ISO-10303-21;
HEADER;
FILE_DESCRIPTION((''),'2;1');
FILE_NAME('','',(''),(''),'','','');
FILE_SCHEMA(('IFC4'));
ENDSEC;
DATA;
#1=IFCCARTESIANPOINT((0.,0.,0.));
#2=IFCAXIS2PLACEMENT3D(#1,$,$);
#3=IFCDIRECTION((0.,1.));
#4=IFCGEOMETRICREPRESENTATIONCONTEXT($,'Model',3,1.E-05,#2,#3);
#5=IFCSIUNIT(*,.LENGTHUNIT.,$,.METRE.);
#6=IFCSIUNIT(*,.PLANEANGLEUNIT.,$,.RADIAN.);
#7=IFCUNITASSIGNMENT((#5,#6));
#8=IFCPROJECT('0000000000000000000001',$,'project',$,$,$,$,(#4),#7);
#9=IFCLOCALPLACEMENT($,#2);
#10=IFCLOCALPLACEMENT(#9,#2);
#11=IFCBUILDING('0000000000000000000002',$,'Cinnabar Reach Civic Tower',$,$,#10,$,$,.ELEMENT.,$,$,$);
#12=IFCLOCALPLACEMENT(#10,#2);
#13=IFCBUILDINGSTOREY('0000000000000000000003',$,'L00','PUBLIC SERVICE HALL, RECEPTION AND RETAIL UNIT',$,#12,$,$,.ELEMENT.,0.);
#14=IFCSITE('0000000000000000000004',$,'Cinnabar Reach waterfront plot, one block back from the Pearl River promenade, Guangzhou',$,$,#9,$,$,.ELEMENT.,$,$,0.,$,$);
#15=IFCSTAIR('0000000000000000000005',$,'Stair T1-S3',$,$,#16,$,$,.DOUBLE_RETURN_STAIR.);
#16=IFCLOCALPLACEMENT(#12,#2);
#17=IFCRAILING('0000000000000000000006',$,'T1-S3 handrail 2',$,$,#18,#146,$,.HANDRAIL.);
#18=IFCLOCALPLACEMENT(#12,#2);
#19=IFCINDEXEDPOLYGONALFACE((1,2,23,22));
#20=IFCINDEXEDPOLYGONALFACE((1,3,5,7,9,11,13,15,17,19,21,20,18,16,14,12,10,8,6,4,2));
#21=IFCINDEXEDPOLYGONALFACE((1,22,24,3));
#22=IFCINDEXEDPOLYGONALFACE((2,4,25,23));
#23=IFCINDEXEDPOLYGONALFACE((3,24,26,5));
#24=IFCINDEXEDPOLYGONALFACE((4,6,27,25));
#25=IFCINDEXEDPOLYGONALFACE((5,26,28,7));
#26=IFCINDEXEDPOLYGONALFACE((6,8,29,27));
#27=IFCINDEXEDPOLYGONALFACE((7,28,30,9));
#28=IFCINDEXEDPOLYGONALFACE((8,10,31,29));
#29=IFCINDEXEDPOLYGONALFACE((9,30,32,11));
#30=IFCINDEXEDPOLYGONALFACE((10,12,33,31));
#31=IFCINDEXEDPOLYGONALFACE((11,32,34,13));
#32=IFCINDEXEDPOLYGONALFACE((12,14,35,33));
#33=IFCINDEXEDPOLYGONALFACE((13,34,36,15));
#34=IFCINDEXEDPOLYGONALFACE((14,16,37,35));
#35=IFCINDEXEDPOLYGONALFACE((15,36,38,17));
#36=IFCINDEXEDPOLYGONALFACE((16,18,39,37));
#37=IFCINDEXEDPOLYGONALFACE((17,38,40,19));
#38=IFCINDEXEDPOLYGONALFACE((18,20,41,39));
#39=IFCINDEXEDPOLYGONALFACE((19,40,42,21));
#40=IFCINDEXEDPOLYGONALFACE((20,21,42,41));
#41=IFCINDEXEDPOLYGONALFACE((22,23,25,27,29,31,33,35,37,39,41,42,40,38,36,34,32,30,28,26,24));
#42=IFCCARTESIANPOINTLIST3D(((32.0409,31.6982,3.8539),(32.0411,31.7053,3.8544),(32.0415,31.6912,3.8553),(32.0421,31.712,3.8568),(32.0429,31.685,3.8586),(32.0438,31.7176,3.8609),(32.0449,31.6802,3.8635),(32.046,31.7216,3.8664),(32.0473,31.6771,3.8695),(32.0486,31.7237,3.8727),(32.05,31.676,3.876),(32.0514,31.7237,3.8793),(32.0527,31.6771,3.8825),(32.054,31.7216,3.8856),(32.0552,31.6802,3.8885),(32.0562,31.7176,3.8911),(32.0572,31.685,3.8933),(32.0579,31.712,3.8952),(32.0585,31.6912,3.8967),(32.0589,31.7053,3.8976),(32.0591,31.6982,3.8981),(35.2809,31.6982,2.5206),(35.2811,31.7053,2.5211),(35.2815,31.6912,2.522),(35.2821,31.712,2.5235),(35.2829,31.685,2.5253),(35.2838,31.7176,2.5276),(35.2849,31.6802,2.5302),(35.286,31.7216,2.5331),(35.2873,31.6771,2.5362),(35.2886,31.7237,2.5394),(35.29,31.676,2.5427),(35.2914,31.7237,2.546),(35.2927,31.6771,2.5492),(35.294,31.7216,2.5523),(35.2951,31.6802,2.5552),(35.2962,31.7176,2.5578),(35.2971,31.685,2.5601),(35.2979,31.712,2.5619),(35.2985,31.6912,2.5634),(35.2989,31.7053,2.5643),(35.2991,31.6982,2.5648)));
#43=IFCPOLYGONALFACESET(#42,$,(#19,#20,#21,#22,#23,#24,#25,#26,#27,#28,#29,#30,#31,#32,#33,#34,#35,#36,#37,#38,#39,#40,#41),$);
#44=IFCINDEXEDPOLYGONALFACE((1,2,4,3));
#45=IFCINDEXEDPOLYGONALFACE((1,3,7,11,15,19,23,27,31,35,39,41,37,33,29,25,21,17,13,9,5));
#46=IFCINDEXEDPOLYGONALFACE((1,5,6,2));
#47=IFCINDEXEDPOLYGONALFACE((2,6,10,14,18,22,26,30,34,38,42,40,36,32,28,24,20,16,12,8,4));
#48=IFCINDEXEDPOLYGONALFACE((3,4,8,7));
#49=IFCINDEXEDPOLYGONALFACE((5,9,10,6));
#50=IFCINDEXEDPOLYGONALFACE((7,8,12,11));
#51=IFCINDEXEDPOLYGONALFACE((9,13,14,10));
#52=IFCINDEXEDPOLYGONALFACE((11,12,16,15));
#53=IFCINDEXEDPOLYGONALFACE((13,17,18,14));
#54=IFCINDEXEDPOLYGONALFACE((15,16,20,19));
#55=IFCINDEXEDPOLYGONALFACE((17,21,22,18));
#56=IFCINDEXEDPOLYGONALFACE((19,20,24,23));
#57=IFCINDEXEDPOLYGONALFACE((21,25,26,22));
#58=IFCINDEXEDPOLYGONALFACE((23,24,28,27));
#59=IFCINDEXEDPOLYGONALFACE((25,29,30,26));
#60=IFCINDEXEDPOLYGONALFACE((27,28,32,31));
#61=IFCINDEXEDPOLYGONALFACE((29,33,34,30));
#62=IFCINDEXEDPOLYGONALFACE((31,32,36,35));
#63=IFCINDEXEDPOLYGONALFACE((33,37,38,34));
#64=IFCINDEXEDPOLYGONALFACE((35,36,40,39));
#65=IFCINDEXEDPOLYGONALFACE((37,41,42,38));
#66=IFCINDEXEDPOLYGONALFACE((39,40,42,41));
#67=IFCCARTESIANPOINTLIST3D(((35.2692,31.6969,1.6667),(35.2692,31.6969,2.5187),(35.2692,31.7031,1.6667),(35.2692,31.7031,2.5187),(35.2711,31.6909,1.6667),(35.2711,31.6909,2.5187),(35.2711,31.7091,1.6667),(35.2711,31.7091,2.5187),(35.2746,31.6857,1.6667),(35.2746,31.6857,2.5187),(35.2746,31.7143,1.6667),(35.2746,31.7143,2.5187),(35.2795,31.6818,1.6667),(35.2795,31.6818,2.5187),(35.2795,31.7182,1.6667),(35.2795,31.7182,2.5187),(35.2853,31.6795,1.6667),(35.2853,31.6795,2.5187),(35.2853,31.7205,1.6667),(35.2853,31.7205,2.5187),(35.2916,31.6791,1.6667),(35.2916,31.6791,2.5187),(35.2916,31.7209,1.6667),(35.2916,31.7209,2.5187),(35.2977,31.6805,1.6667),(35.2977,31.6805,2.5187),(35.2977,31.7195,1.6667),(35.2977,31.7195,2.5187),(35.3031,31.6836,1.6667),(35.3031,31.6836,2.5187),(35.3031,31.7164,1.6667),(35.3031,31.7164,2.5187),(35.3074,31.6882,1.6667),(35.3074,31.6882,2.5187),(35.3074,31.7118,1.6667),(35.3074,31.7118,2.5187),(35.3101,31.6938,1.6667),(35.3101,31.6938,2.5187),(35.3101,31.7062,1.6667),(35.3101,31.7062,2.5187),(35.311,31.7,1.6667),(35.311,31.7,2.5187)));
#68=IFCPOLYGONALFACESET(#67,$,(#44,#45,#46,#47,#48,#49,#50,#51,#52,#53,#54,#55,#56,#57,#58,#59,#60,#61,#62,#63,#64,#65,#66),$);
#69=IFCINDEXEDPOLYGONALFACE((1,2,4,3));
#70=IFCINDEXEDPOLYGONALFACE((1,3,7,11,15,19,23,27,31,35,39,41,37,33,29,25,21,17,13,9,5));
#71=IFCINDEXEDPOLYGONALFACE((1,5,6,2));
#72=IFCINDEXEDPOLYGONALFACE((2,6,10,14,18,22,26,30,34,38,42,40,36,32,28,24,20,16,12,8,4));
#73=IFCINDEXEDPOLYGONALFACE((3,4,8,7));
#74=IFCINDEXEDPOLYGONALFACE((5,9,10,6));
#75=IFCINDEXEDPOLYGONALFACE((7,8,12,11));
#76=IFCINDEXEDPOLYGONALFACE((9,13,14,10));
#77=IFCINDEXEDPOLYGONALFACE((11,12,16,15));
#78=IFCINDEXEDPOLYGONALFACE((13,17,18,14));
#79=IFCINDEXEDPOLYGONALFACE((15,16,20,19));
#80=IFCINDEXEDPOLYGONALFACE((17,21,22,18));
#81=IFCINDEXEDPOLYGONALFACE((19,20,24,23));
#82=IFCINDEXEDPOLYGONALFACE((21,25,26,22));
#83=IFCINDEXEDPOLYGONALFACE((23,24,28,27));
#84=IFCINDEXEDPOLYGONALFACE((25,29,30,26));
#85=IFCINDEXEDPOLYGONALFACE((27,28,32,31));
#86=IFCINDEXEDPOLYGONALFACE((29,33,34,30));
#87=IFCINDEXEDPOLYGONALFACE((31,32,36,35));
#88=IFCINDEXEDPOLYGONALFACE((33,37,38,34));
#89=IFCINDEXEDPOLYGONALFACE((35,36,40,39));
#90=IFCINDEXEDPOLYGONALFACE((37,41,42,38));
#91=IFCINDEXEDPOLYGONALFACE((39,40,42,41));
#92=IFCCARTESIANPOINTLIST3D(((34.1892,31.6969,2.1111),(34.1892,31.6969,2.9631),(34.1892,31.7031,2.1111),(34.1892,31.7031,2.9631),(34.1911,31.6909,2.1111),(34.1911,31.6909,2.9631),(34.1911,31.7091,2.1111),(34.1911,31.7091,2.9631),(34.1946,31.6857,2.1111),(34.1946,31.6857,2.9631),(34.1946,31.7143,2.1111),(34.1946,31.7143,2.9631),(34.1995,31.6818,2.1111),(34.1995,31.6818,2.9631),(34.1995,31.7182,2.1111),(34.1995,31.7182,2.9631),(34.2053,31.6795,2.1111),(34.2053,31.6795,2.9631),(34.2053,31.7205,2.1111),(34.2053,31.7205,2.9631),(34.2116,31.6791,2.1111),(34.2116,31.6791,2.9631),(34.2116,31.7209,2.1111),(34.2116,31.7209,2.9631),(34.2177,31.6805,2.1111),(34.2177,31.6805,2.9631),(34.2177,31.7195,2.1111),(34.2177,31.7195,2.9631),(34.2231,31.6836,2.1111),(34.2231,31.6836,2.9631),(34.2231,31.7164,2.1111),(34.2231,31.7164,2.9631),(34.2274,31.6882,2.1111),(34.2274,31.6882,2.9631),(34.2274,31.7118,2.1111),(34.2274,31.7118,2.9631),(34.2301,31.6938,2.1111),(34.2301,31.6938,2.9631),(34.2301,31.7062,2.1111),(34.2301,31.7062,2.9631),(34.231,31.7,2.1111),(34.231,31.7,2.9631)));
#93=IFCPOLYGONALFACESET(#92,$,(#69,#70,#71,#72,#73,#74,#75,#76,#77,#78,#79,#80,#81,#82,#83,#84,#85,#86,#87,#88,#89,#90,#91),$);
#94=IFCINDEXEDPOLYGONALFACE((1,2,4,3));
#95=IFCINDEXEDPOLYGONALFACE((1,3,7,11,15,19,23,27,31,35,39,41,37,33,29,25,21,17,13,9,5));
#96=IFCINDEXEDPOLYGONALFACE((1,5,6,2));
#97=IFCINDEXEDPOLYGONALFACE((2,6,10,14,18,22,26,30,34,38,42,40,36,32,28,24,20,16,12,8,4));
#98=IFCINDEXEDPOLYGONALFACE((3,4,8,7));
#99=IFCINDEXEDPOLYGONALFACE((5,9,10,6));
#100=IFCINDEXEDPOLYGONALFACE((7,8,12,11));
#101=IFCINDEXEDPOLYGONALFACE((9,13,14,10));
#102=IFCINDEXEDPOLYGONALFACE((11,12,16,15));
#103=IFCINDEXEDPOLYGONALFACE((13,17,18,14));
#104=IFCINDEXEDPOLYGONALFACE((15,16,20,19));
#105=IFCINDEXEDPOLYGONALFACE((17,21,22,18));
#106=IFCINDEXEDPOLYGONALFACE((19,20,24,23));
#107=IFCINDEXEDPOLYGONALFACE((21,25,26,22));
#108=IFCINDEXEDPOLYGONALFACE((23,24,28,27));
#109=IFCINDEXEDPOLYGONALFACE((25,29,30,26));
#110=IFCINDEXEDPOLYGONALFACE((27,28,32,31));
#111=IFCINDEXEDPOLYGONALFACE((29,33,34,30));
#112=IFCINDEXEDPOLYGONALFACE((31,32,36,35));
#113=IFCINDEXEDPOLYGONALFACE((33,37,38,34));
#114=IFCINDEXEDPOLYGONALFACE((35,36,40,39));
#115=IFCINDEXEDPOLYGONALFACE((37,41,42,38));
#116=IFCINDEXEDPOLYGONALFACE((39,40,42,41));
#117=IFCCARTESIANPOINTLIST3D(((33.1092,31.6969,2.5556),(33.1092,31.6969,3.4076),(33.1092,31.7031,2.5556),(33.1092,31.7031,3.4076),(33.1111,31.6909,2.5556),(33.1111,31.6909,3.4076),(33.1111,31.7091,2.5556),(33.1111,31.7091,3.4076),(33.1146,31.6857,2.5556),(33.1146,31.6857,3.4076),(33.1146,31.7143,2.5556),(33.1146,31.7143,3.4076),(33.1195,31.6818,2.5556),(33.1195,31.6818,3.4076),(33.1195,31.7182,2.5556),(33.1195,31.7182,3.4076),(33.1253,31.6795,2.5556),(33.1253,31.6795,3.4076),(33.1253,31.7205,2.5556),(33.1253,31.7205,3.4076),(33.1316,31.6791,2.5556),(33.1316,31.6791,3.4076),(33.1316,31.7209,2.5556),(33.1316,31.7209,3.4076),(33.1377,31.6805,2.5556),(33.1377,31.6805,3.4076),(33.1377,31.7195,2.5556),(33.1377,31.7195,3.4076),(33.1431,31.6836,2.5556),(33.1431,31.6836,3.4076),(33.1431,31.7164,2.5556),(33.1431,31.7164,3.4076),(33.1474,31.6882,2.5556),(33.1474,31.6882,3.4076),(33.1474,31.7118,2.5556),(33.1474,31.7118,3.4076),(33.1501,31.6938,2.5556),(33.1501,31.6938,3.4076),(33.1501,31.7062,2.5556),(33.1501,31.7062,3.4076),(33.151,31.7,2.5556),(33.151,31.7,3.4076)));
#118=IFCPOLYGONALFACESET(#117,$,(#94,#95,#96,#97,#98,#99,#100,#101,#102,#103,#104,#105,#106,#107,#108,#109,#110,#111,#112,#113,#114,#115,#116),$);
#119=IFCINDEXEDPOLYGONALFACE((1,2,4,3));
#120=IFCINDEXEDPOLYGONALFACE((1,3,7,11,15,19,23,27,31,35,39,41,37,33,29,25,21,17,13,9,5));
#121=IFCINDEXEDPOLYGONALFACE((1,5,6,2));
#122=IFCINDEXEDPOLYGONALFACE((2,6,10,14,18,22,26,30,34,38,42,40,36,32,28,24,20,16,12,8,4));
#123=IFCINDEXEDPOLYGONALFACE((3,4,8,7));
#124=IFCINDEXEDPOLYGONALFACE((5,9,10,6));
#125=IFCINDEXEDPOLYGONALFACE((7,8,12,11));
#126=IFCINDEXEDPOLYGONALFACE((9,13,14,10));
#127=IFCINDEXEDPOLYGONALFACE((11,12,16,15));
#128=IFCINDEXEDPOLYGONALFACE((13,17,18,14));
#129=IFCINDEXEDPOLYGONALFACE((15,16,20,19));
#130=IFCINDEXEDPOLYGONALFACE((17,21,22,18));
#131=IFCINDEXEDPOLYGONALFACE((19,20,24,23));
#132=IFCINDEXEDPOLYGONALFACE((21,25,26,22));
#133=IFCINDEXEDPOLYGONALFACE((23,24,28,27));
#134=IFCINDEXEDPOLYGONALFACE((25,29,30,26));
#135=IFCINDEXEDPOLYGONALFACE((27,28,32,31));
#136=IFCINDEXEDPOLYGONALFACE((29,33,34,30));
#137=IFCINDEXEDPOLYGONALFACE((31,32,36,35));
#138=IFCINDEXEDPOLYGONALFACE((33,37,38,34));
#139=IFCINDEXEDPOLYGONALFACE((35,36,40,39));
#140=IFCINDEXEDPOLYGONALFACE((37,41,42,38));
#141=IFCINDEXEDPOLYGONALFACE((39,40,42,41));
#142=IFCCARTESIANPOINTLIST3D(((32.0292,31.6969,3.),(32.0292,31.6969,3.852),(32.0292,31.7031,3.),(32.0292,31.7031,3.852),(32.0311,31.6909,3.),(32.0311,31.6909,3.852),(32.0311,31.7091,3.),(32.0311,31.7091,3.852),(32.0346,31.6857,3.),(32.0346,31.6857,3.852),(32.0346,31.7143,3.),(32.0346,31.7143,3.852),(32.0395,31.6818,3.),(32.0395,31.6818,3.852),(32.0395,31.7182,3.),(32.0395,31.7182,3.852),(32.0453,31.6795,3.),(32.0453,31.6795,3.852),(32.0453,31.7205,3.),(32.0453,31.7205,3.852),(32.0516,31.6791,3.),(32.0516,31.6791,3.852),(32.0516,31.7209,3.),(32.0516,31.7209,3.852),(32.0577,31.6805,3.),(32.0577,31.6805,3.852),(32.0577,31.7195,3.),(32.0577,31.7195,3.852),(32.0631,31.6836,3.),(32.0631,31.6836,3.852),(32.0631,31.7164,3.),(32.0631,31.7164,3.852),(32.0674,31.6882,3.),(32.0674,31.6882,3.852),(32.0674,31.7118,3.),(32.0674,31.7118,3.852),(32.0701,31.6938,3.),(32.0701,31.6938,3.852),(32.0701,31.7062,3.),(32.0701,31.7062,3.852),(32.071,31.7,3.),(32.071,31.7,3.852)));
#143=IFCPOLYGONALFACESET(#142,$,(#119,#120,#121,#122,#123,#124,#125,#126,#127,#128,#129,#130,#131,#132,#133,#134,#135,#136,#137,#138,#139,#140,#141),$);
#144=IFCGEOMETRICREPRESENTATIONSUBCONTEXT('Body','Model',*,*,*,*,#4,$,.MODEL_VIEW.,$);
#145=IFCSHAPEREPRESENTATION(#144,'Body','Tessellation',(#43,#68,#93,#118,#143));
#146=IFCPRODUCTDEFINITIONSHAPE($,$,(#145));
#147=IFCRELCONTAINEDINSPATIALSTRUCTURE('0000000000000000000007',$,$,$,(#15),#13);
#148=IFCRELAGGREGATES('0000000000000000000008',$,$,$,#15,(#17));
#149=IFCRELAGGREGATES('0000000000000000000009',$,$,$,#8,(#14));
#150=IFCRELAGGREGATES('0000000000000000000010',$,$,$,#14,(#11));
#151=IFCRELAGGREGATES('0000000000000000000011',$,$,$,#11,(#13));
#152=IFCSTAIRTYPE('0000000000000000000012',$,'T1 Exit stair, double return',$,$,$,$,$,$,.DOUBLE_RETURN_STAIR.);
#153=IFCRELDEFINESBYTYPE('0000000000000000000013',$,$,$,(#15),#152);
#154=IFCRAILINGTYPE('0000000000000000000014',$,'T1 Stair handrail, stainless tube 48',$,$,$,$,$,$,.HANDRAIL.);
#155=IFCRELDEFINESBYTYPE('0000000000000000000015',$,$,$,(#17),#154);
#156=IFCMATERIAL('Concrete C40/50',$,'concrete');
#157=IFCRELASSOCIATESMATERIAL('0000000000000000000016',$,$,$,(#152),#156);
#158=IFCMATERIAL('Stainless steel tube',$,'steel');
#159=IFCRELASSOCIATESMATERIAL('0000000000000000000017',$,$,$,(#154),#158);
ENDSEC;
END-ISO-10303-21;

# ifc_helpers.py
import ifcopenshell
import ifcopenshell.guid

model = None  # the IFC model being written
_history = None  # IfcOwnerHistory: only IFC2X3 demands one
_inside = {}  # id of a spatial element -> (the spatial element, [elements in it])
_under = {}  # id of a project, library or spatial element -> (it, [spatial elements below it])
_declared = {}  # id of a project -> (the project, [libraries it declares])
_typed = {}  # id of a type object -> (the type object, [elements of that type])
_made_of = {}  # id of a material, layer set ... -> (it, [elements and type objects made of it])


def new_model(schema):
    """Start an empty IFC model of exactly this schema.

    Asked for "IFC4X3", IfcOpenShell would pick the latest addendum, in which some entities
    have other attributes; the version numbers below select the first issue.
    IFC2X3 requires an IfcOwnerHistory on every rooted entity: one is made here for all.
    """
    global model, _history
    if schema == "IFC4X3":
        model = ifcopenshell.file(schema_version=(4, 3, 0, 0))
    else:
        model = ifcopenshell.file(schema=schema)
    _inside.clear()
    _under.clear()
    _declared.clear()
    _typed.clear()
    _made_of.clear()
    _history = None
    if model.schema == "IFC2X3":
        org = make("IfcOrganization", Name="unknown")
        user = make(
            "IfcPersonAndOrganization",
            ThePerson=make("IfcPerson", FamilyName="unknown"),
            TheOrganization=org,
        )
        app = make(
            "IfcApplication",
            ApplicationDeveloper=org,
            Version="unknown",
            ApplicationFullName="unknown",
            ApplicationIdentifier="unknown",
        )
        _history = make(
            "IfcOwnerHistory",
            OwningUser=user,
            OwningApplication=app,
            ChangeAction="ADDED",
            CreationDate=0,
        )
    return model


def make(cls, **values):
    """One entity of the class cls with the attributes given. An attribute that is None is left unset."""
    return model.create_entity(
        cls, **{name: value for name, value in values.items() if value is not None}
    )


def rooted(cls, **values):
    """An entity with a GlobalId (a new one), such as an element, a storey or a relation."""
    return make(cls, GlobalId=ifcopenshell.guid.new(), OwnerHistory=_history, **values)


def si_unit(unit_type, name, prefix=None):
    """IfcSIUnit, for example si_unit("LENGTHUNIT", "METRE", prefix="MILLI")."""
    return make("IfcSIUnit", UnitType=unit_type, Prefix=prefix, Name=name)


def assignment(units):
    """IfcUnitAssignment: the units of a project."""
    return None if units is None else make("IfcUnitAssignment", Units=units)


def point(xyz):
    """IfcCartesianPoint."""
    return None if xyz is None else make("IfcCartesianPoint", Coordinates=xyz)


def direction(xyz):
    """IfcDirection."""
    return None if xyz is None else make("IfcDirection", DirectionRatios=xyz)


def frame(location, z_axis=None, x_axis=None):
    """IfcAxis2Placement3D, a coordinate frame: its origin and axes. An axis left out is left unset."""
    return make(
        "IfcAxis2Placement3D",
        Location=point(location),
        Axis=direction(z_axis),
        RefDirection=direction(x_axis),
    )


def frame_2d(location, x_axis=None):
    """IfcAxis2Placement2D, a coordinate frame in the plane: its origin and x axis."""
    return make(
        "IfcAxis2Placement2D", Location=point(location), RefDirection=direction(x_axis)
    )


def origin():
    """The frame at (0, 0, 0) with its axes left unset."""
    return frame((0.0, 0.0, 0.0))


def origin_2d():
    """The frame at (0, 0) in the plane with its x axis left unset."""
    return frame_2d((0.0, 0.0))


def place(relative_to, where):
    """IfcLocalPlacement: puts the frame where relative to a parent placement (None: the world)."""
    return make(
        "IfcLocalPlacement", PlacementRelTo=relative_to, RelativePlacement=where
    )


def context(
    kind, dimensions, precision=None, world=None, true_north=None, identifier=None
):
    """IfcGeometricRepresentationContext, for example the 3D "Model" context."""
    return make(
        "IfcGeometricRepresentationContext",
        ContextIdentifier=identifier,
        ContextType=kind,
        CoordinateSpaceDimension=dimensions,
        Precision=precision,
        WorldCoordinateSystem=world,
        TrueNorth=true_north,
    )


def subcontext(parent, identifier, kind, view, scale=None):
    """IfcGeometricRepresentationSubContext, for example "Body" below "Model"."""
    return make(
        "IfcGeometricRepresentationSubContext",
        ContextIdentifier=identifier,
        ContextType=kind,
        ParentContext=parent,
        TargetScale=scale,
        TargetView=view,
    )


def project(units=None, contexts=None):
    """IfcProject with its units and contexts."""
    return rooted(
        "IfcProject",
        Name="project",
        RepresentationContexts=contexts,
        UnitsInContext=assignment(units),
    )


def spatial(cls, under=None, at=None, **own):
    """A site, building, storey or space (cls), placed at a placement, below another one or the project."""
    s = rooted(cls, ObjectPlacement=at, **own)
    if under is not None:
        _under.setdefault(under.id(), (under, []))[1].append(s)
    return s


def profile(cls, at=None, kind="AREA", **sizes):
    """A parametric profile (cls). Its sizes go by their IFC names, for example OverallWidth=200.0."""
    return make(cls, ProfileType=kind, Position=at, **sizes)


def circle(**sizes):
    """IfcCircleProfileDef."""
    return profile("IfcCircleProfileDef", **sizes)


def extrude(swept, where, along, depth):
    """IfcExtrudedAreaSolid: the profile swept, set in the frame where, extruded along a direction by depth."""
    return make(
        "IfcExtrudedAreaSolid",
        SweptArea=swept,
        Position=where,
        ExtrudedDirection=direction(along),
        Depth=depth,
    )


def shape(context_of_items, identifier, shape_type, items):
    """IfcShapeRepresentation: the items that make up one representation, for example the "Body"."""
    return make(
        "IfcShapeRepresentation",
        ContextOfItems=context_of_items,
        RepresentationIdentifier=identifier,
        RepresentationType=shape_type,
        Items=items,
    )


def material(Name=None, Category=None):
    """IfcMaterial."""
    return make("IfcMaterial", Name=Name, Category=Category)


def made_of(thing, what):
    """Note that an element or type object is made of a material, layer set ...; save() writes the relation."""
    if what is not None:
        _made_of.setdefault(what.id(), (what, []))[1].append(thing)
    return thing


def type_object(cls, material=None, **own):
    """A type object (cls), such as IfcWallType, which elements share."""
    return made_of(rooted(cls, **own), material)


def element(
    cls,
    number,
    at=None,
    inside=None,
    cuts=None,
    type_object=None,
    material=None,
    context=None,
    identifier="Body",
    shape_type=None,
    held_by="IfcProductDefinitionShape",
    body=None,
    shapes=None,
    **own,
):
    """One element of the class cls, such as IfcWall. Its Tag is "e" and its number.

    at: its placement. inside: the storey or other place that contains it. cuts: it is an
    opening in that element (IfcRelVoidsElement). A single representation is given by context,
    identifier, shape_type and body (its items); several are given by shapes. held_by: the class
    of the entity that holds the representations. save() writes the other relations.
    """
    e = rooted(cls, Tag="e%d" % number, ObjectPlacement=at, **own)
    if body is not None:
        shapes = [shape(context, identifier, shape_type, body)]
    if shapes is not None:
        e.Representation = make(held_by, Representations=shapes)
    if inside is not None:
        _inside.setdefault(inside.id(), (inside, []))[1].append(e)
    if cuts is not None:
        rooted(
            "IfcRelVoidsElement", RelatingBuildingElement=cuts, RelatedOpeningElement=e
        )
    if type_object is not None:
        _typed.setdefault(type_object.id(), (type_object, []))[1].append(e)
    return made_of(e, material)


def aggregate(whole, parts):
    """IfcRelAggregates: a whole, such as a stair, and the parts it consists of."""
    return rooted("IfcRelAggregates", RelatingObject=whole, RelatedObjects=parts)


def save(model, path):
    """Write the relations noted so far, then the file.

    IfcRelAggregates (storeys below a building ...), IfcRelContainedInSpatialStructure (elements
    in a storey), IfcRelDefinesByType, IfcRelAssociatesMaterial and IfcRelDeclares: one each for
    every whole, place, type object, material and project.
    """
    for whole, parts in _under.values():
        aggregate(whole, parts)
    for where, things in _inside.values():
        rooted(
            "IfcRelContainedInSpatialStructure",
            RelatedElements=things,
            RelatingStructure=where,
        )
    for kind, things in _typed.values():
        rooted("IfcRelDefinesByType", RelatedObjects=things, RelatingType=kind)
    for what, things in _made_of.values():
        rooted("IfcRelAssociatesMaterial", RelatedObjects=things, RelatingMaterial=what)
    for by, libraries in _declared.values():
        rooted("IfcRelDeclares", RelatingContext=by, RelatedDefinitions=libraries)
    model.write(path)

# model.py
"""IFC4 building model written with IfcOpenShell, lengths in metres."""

from ifc_helpers import new_model, si_unit, direction, frame, origin, origin_2d, place, context, subcontext, project, spatial, circle, extrude, material, type_object, element, aggregate, save


model = new_model("IFC4")

# Units and contexts
model_context = context("Model", 3, precision=1e-05, world=origin(), true_north=direction((0.0, 1.0)))
body_context = subcontext(model_context, "Body", "Model", "MODEL_VIEW")
ifc_project = project(units=[si_unit("LENGTHUNIT", "METRE"), si_unit("PLANEANGLEUNIT", "RADIAN")], contexts=[model_context])

# Site, building, storey
site_placement = place(None, origin())
site = spatial("IfcSite", under=ifc_project, at=site_placement, Name="Cinnabar Reach waterfront plot, one block back from the Pearl River promenade, Guangzhou", CompositionType="ELEMENT", RefElevation=0.0)
building_placement = place(site_placement, origin())
building = spatial("IfcBuilding", under=site, at=building_placement, Name="Cinnabar Reach Civic Tower", CompositionType="ELEMENT")
storey_placement = place(building_placement, origin())
storey = spatial("IfcBuildingStorey", under=building, at=storey_placement, Name="L00", Description="PUBLIC SERVICE HALL, RECEPTION AND RETAIL UNIT", CompositionType="ELEMENT", Elevation=0.0)

# Stair, railing
ifc_material_1 = material(Name="Concrete C40/50", Category="concrete")
stair_type = type_object("IfcStairType", Name="T1 Exit stair, double return", PredefinedType="DOUBLE_RETURN_STAIR", material=ifc_material_1)
stair_placement = place(storey_placement, origin())
stair = element("IfcStair", 1, at=stair_placement, inside=storey, type_object=stair_type, Name="Stair T1-S3", PredefinedType="DOUBLE_RETURN_STAIR")
ifc_material_2 = material(Name="Stainless steel tube", Category="steel")
railing_type = type_object("IfcRailingType", Name="T1 Stair handrail, stainless tube 48", PredefinedType="HANDRAIL", material=ifc_material_2)
railing_1_placement = place(storey_placement, frame((35.29, 31.7, 1.6667)))
railing_1 = element("IfcRailing", 2, at=railing_1_placement, type_object=railing_type, Name="T1-S3 handrail 2", PredefinedType="HANDRAIL", context=body_context, shape_type="SweptSolid", body=[
    extrude(circle(Radius=0.024, at=origin_2d()), frame((0.0, 0.0, 0.876), z_axis=(-0.92476, 0.0, 0.38055), x_axis=(0.0, -1.0, 0.0)), (0.0, 0.0, 1.0), 3.5036),
    extrude(circle(Radius=0.021, at=origin_2d()), origin(), (0.0, 0.0, 1.0), 0.852),
    extrude(circle(Radius=0.021, at=origin_2d()), frame((-1.08, 0.0, 0.4444)), (0.0, 0.0, 1.0), 0.852),
    extrude(circle(Radius=0.021, at=origin_2d()), frame((-2.16, 0.0, 0.8889)), (0.0, 0.0, 1.0), 0.852),
    extrude(circle(Radius=0.021, at=origin_2d()), frame((-3.24, 0.0, 1.3333)), (0.0, 0.0, 1.0), 0.852),
])
aggregate(stair, [railing_1])

save(model, "model.ifc")
